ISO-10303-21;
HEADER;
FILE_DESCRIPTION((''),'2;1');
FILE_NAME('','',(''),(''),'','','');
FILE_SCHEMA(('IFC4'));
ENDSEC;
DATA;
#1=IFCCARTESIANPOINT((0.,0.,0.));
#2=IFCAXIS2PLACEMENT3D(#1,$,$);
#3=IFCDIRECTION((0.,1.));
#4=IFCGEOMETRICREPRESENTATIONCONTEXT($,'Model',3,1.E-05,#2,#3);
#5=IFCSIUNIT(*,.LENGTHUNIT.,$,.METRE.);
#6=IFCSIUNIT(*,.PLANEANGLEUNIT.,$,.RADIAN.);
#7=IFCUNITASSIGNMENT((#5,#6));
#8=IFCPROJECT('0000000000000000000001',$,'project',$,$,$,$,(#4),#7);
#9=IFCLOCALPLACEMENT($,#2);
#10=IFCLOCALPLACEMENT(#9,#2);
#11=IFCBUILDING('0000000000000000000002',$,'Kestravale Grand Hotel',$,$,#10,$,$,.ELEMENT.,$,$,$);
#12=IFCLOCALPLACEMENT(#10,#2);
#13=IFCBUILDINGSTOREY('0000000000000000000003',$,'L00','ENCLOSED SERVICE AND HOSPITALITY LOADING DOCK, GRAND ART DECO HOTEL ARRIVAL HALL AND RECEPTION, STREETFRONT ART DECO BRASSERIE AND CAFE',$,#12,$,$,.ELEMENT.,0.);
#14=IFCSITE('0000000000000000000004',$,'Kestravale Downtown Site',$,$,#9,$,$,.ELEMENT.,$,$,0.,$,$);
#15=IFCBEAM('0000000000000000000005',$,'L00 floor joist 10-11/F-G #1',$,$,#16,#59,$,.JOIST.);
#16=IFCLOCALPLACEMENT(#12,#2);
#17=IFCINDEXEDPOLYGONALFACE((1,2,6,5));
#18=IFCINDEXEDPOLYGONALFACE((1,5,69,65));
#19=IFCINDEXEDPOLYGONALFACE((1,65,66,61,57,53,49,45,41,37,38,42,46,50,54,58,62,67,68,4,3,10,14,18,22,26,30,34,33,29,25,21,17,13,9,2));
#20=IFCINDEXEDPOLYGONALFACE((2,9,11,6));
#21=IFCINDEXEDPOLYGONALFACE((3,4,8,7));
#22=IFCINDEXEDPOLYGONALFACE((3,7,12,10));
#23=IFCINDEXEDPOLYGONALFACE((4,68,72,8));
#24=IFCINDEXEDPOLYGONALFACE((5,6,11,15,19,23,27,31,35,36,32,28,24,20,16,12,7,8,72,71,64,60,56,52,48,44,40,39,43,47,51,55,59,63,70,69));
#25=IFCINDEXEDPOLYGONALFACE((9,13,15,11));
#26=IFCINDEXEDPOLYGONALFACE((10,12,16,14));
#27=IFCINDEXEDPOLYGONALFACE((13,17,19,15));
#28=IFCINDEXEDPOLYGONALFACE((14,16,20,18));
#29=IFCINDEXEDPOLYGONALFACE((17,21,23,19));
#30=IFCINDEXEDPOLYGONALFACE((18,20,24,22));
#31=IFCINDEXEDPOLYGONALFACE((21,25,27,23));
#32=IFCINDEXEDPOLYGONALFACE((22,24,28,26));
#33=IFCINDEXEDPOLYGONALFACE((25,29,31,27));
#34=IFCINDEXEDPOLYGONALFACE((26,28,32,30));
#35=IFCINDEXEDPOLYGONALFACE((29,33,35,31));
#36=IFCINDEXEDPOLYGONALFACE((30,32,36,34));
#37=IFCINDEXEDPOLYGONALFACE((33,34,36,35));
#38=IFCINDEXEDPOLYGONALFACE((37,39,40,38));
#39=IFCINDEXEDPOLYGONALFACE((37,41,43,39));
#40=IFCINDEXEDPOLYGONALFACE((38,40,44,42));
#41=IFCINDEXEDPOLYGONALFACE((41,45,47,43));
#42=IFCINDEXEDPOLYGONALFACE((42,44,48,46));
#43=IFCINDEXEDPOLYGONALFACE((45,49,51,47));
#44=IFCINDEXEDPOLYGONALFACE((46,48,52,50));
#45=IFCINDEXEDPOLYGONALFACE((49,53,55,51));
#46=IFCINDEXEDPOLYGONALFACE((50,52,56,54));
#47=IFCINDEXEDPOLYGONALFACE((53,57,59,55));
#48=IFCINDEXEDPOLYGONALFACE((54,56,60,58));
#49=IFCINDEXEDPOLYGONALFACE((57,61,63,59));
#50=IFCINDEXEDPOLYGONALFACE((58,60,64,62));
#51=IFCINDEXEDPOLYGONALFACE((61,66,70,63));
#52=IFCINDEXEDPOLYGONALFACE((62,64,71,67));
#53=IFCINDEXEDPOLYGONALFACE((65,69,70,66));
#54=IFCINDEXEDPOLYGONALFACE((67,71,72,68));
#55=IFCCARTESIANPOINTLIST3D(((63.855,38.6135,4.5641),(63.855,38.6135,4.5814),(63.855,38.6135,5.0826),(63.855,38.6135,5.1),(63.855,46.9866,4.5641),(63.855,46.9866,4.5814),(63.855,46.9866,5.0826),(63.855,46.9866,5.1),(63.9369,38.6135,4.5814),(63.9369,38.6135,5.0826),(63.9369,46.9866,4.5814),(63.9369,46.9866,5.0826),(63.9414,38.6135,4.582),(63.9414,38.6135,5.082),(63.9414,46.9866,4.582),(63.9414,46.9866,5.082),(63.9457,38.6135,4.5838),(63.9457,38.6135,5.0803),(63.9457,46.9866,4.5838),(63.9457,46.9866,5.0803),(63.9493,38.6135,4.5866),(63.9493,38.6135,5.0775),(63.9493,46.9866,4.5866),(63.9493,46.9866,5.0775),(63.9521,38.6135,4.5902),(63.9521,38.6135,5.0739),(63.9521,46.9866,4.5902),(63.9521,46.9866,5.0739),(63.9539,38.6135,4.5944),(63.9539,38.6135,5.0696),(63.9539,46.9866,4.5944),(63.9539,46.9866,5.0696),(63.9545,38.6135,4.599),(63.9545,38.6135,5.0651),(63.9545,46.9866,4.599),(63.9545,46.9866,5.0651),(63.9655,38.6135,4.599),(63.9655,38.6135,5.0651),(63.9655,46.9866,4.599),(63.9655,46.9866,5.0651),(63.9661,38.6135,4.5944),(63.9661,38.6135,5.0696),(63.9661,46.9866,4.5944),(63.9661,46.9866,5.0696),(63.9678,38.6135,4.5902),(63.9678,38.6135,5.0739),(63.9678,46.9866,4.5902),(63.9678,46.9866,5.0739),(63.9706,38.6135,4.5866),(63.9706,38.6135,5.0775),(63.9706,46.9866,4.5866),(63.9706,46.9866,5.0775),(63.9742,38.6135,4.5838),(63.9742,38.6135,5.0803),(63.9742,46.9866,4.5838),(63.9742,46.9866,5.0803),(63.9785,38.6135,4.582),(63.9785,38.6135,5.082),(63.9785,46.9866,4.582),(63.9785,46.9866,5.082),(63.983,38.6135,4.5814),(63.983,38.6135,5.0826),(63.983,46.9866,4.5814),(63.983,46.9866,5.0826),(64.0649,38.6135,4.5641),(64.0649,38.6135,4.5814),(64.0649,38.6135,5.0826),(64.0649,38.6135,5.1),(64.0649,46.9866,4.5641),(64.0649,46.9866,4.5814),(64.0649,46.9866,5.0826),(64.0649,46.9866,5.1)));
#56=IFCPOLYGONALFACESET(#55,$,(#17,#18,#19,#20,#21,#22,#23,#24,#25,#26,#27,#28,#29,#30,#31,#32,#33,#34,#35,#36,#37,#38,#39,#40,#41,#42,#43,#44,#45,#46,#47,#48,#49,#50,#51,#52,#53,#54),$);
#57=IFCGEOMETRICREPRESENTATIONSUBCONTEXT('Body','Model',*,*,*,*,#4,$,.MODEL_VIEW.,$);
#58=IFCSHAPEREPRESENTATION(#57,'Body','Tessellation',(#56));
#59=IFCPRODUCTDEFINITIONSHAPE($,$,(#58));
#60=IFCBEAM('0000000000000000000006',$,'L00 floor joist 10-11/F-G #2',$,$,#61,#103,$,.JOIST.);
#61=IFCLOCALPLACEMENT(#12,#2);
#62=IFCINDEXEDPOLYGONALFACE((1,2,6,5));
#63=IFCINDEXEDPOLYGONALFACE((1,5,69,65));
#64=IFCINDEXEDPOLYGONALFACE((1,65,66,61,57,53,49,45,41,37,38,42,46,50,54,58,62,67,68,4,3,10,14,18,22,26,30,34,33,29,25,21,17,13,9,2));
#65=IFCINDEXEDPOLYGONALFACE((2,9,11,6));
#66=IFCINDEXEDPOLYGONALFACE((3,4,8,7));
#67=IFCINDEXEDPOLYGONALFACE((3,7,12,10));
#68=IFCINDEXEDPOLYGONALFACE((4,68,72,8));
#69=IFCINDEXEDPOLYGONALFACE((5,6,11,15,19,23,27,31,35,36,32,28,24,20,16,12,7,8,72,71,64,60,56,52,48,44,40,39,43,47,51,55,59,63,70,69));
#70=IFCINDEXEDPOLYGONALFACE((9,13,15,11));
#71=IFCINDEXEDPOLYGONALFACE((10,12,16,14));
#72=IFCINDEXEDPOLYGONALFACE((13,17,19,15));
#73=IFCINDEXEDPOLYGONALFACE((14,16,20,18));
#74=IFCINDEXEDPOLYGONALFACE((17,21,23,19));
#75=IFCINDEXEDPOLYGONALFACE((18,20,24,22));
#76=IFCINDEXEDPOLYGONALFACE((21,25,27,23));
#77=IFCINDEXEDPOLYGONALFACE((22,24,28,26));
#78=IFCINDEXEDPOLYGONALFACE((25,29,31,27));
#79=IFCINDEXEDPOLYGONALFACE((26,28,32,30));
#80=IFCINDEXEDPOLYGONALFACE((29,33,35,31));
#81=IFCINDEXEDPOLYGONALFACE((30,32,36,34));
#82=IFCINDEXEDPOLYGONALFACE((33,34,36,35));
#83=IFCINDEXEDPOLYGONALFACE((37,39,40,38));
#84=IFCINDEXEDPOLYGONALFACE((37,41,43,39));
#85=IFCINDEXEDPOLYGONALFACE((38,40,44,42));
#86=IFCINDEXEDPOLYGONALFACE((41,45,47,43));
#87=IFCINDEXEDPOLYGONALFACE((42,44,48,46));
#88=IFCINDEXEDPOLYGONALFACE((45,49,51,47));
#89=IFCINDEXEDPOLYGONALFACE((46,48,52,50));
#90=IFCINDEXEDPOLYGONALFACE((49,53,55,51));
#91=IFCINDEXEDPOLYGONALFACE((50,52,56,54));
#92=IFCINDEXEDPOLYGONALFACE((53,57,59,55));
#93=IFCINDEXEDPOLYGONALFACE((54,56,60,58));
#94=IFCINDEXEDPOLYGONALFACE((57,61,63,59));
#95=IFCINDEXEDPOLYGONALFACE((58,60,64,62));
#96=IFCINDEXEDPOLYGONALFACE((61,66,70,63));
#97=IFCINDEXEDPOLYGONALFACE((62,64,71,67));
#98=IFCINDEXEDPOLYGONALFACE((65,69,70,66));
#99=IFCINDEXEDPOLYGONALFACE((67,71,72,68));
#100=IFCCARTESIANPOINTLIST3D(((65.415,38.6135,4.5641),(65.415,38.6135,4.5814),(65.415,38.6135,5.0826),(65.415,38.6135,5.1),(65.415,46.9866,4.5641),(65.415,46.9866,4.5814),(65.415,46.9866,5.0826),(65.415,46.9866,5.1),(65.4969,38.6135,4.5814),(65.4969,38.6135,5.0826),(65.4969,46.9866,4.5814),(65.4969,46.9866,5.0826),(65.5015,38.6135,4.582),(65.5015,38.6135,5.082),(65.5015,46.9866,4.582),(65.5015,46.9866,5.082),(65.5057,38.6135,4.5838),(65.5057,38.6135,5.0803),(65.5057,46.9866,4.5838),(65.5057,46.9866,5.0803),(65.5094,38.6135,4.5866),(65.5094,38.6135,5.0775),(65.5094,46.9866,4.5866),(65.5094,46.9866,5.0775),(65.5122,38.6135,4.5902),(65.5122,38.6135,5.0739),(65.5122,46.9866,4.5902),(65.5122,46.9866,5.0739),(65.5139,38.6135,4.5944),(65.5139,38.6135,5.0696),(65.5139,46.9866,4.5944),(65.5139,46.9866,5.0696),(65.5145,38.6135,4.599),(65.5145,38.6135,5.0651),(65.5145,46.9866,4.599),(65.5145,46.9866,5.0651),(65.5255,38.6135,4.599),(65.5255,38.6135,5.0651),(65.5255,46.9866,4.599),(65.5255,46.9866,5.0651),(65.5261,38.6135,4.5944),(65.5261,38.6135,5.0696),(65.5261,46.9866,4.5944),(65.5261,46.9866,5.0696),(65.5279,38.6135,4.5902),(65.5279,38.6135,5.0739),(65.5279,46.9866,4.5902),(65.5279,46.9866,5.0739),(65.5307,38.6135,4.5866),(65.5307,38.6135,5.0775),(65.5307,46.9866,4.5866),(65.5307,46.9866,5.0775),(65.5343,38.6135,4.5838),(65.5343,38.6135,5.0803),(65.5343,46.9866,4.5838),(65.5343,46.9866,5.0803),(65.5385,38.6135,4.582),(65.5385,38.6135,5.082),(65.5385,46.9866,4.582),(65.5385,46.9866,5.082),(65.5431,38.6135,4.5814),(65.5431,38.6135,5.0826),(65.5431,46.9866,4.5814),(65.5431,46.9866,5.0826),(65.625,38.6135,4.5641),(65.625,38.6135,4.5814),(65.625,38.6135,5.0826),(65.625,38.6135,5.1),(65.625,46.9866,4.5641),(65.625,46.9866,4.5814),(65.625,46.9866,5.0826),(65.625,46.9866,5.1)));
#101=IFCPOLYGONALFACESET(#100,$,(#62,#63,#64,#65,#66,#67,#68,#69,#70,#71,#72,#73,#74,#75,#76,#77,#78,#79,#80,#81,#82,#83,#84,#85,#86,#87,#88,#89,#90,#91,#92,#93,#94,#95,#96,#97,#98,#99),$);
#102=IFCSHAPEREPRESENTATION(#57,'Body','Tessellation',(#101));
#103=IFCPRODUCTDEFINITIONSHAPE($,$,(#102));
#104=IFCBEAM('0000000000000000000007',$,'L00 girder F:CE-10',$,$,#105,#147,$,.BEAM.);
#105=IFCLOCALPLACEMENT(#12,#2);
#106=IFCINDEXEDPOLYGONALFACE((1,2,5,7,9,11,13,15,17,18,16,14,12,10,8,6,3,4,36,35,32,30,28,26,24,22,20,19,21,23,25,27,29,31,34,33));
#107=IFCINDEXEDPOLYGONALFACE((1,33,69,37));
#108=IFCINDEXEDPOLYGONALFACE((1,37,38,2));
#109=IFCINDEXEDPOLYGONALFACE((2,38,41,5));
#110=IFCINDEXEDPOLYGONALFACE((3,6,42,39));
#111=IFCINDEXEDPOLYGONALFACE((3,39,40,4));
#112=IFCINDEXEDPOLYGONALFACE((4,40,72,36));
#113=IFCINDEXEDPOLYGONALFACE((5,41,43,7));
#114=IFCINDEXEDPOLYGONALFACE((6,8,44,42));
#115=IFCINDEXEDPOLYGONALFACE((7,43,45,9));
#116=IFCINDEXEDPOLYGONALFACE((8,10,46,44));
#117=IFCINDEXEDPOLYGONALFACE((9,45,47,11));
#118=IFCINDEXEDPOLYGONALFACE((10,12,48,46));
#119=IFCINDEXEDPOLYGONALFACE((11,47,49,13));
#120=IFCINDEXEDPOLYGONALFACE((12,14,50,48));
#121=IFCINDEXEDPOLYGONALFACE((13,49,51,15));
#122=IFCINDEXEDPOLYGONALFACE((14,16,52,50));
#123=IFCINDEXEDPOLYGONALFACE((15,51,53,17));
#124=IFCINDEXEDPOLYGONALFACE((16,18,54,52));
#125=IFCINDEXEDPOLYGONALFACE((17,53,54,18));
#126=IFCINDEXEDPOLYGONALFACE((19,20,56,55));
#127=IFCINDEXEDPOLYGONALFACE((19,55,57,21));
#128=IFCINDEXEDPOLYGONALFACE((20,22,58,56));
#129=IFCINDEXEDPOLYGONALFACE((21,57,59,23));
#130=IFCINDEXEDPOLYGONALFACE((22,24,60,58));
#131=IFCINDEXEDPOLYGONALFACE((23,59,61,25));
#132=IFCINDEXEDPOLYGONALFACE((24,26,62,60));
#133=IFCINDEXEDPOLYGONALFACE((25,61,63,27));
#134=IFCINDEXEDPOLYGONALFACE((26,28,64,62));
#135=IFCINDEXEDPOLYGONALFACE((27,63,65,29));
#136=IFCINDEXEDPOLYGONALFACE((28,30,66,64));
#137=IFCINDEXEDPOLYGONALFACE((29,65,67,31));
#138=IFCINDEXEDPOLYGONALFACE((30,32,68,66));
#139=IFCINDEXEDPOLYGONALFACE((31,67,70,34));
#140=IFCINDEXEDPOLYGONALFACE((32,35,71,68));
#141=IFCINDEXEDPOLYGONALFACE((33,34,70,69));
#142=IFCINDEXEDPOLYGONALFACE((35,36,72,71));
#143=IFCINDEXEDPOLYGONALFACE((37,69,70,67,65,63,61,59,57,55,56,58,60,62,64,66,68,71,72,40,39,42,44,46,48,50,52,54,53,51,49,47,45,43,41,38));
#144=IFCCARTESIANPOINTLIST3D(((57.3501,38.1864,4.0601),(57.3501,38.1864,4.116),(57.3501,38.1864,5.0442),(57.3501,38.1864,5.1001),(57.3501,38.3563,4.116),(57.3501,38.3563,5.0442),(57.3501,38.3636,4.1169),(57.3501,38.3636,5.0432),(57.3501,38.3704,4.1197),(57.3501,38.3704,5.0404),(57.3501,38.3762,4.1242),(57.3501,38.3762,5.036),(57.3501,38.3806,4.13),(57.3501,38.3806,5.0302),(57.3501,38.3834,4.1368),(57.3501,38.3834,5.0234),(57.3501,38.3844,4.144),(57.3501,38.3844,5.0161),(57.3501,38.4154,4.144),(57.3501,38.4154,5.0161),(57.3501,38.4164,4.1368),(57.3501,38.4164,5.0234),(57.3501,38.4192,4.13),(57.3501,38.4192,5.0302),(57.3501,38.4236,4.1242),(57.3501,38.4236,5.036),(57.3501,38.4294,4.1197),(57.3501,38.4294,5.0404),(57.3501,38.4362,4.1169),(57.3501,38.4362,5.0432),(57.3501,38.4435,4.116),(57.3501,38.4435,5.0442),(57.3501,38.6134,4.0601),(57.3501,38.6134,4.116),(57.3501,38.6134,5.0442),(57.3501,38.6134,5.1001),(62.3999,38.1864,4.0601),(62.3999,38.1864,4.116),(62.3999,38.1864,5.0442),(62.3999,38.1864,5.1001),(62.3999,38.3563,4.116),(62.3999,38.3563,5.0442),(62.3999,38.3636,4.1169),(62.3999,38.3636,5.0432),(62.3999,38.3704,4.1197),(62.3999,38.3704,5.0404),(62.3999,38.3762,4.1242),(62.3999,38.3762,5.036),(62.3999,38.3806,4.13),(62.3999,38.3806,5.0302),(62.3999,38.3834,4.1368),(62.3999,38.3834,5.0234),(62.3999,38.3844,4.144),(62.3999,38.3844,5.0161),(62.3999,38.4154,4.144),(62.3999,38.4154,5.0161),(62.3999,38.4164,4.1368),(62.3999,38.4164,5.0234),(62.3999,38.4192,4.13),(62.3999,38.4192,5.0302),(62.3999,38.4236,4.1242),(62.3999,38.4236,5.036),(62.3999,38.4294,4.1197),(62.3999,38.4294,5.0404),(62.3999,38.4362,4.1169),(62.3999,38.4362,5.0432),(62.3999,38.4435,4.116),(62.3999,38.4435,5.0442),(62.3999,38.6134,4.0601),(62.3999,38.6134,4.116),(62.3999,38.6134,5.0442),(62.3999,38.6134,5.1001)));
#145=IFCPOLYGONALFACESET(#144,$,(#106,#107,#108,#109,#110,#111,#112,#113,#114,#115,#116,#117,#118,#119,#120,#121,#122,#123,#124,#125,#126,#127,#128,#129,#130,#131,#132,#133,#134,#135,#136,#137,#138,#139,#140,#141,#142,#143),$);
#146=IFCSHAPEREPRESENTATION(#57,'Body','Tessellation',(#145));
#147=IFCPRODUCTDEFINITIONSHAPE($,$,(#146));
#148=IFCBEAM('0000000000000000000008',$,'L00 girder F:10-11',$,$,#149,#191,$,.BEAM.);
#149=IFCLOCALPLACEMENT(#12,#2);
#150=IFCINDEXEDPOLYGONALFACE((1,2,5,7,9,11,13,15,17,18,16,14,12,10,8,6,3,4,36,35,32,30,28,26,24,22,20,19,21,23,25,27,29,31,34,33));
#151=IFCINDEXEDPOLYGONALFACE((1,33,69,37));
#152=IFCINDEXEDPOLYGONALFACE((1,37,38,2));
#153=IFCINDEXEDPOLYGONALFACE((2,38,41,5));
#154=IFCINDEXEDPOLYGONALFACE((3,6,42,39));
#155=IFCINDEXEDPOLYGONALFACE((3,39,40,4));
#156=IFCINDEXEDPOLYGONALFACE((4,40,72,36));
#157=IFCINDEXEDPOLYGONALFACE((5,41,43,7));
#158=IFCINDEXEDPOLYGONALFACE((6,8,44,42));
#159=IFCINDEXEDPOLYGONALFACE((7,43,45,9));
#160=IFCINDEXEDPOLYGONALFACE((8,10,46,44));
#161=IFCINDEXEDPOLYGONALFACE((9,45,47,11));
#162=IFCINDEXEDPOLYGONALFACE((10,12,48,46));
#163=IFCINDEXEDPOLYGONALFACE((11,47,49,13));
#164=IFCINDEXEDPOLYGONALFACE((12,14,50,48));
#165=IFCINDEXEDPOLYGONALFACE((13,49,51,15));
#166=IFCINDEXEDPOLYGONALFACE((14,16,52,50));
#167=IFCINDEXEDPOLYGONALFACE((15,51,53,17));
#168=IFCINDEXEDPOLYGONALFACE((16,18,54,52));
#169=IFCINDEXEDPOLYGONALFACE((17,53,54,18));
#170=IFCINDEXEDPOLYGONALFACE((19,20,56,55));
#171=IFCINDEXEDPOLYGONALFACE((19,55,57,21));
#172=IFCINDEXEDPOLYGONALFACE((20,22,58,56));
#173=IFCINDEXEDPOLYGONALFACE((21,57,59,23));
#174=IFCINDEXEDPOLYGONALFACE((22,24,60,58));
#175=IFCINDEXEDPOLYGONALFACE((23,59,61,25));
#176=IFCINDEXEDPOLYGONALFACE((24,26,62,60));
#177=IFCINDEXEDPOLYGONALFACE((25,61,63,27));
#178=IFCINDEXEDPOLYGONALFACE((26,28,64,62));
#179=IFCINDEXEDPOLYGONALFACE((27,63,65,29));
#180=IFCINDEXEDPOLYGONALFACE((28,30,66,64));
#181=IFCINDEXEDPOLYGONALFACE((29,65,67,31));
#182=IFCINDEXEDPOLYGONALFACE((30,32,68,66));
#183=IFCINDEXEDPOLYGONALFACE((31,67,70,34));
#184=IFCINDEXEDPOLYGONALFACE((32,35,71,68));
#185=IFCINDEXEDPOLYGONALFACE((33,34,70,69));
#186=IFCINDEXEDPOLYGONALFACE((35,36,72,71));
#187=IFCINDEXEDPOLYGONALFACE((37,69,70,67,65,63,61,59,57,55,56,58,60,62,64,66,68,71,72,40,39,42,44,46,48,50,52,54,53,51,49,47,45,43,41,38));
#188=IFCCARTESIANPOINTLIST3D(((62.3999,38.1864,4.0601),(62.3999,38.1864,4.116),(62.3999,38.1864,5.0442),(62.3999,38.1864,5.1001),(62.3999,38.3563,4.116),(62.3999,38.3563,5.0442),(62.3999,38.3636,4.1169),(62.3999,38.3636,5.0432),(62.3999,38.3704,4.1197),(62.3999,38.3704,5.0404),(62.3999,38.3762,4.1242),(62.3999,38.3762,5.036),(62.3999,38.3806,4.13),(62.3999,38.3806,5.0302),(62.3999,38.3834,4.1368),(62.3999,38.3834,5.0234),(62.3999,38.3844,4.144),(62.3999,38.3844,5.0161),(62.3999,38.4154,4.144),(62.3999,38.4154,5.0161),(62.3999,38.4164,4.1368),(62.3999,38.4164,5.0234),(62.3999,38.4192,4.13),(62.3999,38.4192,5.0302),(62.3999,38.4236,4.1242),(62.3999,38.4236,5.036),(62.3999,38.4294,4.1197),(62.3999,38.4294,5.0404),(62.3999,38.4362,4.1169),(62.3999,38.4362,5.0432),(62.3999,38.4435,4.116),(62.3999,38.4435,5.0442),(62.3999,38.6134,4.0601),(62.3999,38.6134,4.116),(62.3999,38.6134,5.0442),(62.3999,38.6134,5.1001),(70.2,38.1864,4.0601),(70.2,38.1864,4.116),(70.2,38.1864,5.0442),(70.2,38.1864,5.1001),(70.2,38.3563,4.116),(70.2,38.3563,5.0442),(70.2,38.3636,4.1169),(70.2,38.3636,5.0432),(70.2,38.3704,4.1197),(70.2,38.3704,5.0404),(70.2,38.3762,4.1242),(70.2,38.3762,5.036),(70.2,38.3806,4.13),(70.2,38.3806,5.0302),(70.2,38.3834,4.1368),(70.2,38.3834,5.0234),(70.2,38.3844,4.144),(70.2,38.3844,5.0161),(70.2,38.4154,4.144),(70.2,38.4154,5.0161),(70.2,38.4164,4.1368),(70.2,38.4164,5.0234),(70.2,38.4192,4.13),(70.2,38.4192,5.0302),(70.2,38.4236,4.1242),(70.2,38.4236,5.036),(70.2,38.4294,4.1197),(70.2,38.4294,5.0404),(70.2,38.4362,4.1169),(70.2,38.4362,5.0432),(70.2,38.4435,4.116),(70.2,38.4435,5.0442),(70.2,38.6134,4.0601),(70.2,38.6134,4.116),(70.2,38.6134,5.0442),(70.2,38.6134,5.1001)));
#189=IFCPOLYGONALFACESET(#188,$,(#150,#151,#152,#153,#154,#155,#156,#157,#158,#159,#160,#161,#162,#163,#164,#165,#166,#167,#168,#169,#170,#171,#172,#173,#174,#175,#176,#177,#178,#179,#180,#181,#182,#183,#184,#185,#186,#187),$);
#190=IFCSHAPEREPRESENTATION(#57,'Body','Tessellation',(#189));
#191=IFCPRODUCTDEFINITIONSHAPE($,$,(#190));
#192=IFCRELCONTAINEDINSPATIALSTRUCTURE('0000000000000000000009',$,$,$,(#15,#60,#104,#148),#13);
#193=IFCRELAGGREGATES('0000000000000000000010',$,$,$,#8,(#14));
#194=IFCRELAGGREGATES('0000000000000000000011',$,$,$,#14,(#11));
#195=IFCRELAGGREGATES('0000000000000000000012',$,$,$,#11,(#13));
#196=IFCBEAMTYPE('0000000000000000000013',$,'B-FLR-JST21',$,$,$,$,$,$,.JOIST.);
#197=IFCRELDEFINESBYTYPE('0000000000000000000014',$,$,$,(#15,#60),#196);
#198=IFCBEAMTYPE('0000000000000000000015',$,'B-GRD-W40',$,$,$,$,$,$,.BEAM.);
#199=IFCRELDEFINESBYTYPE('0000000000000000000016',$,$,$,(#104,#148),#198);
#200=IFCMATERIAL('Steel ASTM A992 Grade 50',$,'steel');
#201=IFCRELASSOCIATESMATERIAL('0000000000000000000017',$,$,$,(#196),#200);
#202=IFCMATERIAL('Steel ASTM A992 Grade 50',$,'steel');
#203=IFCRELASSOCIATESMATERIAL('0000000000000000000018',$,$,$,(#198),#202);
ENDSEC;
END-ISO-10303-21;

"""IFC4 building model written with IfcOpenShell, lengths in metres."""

from ifc_helpers import new_model, si_unit, direction, frame, origin, origin_2d, place, context, subcontext, project, spatial, i_section, extrude, material, material_profile, profile_set, type_object, element, save


model = new_model("IFC4")

# Units and contexts
model_context = context("Model", 3, precision=1e-05, world=origin(), true_north=direction((0.0, 1.0)))
body_context = subcontext(model_context, "Body", "Model", "MODEL_VIEW")
ifc_project = project(units=[si_unit("LENGTHUNIT", "METRE"), si_unit("PLANEANGLEUNIT", "RADIAN")], contexts=[model_context])

# Site, building, storey
site_placement = place(None, origin())
site = spatial("IfcSite", under=ifc_project, at=site_placement, Name="Kestravale Downtown Site", CompositionType="ELEMENT", RefElevation=0.0)
building_placement = place(site_placement, origin())
building = spatial("IfcBuilding", under=site, at=building_placement, Name="Kestravale Grand Hotel", CompositionType="ELEMENT")
storey_placement = place(building_placement, origin())
storey = spatial("IfcBuildingStorey", under=building, at=storey_placement, Name="L00", Description="ENCLOSED SERVICE AND HOSPITALITY LOADING DOCK, GRAND ART DECO HOTEL ARRIVAL HALL AND RECEPTION, STREETFRONT ART DECO BRASSERIE AND CAFE", CompositionType="ELEMENT", Elevation=0.0)

# Beams
ifc_material_1 = material(Name="Steel ASTM A992 Grade 50", Category="steel")
ifc_material_profile_1 = material_profile(ifc_material_1, i_section(OverallWidth=0.21, OverallDepth=0.5359, WebThickness=0.011, FlangeThickness=0.0173, FilletRadius=0.0176, at=origin_2d()))
ifc_profile_set_1 = profile_set([ifc_material_profile_1], Name="Steel ASTM A992 Grade 50")
beam_type_1 = type_object("IfcBeamType", Name="B-FLR-JST21", PredefinedType="JOIST", material=ifc_profile_set_1)
for number, where, z_axis, x_axis, name in (
    (1, (63.96, 38.6135, 4.832), (0.0, 1.0, 0.0), (-1.0, 0.0, 0.0), "L00 floor joist 10-11/F-G #1"),
    (2, (65.52, 38.6135, 4.832), (0.0, 1.0, 0.0), (-1.0, 0.0, 0.0), "L00 floor joist 10-11/F-G #2"),
):
    element("IfcBeam", number, at=place(storey_placement, frame(where, z_axis=z_axis, x_axis=x_axis)), inside=storey, type_object=beam_type_1, Name=name, PredefinedType="JOIST", context=body_context, shape_type="SweptSolid", body=[
        extrude(i_section(OverallWidth=0.21, OverallDepth=0.5359, WebThickness=0.011, FlangeThickness=0.0173, FilletRadius=0.0176, at=origin_2d()), origin(), (0.0, 0.0, 1.0), 8.373),
    ])
ifc_material_2 = material(Name="Steel ASTM A992 Grade 50", Category="steel")
ifc_material_profile_2 = material_profile(ifc_material_2, i_section(OverallWidth=0.427, OverallDepth=1.04, WebThickness=0.031, FlangeThickness=0.0559, FilletRadius=0.0281, at=origin_2d()))
ifc_profile_set_2 = profile_set([ifc_material_profile_2], Name="Steel ASTM A992 Grade 50")
beam_type_2 = type_object("IfcBeamType", Name="B-GRD-W40", PredefinedType="BEAM", material=ifc_profile_set_2)
beam_1_placement = place(storey_placement, frame((57.3501, 38.3999, 4.5801), z_axis=(1.0, 0.0, 0.0), x_axis=(0.0, 1.0, 0.0)))
element("IfcBeam", 3, at=beam_1_placement, inside=storey, type_object=beam_type_2, Name="L00 girder F:CE-10", PredefinedType="BEAM", context=body_context, shape_type="SweptSolid", body=[
    extrude(i_section(OverallWidth=0.427, OverallDepth=1.04, WebThickness=0.031, FlangeThickness=0.0559, FilletRadius=0.0281, at=origin_2d()), origin(), (0.0, 0.0, 1.0), 5.0498),
])
beam_2_placement = place(storey_placement, frame((62.3999, 38.3999, 4.5801), z_axis=(1.0, 0.0, 0.0), x_axis=(0.0, 1.0, 0.0)))
element("IfcBeam", 4, at=beam_2_placement, inside=storey, type_object=beam_type_2, Name="L00 girder F:10-11", PredefinedType="BEAM", context=body_context, shape_type="SweptSolid", body=[
    extrude(i_section(OverallWidth=0.427, OverallDepth=1.04, WebThickness=0.031, FlangeThickness=0.0559, FilletRadius=0.0281, at=origin_2d()), origin(), (0.0, 0.0, 1.0), 7.8),
])

save(model, "model.ifc")
